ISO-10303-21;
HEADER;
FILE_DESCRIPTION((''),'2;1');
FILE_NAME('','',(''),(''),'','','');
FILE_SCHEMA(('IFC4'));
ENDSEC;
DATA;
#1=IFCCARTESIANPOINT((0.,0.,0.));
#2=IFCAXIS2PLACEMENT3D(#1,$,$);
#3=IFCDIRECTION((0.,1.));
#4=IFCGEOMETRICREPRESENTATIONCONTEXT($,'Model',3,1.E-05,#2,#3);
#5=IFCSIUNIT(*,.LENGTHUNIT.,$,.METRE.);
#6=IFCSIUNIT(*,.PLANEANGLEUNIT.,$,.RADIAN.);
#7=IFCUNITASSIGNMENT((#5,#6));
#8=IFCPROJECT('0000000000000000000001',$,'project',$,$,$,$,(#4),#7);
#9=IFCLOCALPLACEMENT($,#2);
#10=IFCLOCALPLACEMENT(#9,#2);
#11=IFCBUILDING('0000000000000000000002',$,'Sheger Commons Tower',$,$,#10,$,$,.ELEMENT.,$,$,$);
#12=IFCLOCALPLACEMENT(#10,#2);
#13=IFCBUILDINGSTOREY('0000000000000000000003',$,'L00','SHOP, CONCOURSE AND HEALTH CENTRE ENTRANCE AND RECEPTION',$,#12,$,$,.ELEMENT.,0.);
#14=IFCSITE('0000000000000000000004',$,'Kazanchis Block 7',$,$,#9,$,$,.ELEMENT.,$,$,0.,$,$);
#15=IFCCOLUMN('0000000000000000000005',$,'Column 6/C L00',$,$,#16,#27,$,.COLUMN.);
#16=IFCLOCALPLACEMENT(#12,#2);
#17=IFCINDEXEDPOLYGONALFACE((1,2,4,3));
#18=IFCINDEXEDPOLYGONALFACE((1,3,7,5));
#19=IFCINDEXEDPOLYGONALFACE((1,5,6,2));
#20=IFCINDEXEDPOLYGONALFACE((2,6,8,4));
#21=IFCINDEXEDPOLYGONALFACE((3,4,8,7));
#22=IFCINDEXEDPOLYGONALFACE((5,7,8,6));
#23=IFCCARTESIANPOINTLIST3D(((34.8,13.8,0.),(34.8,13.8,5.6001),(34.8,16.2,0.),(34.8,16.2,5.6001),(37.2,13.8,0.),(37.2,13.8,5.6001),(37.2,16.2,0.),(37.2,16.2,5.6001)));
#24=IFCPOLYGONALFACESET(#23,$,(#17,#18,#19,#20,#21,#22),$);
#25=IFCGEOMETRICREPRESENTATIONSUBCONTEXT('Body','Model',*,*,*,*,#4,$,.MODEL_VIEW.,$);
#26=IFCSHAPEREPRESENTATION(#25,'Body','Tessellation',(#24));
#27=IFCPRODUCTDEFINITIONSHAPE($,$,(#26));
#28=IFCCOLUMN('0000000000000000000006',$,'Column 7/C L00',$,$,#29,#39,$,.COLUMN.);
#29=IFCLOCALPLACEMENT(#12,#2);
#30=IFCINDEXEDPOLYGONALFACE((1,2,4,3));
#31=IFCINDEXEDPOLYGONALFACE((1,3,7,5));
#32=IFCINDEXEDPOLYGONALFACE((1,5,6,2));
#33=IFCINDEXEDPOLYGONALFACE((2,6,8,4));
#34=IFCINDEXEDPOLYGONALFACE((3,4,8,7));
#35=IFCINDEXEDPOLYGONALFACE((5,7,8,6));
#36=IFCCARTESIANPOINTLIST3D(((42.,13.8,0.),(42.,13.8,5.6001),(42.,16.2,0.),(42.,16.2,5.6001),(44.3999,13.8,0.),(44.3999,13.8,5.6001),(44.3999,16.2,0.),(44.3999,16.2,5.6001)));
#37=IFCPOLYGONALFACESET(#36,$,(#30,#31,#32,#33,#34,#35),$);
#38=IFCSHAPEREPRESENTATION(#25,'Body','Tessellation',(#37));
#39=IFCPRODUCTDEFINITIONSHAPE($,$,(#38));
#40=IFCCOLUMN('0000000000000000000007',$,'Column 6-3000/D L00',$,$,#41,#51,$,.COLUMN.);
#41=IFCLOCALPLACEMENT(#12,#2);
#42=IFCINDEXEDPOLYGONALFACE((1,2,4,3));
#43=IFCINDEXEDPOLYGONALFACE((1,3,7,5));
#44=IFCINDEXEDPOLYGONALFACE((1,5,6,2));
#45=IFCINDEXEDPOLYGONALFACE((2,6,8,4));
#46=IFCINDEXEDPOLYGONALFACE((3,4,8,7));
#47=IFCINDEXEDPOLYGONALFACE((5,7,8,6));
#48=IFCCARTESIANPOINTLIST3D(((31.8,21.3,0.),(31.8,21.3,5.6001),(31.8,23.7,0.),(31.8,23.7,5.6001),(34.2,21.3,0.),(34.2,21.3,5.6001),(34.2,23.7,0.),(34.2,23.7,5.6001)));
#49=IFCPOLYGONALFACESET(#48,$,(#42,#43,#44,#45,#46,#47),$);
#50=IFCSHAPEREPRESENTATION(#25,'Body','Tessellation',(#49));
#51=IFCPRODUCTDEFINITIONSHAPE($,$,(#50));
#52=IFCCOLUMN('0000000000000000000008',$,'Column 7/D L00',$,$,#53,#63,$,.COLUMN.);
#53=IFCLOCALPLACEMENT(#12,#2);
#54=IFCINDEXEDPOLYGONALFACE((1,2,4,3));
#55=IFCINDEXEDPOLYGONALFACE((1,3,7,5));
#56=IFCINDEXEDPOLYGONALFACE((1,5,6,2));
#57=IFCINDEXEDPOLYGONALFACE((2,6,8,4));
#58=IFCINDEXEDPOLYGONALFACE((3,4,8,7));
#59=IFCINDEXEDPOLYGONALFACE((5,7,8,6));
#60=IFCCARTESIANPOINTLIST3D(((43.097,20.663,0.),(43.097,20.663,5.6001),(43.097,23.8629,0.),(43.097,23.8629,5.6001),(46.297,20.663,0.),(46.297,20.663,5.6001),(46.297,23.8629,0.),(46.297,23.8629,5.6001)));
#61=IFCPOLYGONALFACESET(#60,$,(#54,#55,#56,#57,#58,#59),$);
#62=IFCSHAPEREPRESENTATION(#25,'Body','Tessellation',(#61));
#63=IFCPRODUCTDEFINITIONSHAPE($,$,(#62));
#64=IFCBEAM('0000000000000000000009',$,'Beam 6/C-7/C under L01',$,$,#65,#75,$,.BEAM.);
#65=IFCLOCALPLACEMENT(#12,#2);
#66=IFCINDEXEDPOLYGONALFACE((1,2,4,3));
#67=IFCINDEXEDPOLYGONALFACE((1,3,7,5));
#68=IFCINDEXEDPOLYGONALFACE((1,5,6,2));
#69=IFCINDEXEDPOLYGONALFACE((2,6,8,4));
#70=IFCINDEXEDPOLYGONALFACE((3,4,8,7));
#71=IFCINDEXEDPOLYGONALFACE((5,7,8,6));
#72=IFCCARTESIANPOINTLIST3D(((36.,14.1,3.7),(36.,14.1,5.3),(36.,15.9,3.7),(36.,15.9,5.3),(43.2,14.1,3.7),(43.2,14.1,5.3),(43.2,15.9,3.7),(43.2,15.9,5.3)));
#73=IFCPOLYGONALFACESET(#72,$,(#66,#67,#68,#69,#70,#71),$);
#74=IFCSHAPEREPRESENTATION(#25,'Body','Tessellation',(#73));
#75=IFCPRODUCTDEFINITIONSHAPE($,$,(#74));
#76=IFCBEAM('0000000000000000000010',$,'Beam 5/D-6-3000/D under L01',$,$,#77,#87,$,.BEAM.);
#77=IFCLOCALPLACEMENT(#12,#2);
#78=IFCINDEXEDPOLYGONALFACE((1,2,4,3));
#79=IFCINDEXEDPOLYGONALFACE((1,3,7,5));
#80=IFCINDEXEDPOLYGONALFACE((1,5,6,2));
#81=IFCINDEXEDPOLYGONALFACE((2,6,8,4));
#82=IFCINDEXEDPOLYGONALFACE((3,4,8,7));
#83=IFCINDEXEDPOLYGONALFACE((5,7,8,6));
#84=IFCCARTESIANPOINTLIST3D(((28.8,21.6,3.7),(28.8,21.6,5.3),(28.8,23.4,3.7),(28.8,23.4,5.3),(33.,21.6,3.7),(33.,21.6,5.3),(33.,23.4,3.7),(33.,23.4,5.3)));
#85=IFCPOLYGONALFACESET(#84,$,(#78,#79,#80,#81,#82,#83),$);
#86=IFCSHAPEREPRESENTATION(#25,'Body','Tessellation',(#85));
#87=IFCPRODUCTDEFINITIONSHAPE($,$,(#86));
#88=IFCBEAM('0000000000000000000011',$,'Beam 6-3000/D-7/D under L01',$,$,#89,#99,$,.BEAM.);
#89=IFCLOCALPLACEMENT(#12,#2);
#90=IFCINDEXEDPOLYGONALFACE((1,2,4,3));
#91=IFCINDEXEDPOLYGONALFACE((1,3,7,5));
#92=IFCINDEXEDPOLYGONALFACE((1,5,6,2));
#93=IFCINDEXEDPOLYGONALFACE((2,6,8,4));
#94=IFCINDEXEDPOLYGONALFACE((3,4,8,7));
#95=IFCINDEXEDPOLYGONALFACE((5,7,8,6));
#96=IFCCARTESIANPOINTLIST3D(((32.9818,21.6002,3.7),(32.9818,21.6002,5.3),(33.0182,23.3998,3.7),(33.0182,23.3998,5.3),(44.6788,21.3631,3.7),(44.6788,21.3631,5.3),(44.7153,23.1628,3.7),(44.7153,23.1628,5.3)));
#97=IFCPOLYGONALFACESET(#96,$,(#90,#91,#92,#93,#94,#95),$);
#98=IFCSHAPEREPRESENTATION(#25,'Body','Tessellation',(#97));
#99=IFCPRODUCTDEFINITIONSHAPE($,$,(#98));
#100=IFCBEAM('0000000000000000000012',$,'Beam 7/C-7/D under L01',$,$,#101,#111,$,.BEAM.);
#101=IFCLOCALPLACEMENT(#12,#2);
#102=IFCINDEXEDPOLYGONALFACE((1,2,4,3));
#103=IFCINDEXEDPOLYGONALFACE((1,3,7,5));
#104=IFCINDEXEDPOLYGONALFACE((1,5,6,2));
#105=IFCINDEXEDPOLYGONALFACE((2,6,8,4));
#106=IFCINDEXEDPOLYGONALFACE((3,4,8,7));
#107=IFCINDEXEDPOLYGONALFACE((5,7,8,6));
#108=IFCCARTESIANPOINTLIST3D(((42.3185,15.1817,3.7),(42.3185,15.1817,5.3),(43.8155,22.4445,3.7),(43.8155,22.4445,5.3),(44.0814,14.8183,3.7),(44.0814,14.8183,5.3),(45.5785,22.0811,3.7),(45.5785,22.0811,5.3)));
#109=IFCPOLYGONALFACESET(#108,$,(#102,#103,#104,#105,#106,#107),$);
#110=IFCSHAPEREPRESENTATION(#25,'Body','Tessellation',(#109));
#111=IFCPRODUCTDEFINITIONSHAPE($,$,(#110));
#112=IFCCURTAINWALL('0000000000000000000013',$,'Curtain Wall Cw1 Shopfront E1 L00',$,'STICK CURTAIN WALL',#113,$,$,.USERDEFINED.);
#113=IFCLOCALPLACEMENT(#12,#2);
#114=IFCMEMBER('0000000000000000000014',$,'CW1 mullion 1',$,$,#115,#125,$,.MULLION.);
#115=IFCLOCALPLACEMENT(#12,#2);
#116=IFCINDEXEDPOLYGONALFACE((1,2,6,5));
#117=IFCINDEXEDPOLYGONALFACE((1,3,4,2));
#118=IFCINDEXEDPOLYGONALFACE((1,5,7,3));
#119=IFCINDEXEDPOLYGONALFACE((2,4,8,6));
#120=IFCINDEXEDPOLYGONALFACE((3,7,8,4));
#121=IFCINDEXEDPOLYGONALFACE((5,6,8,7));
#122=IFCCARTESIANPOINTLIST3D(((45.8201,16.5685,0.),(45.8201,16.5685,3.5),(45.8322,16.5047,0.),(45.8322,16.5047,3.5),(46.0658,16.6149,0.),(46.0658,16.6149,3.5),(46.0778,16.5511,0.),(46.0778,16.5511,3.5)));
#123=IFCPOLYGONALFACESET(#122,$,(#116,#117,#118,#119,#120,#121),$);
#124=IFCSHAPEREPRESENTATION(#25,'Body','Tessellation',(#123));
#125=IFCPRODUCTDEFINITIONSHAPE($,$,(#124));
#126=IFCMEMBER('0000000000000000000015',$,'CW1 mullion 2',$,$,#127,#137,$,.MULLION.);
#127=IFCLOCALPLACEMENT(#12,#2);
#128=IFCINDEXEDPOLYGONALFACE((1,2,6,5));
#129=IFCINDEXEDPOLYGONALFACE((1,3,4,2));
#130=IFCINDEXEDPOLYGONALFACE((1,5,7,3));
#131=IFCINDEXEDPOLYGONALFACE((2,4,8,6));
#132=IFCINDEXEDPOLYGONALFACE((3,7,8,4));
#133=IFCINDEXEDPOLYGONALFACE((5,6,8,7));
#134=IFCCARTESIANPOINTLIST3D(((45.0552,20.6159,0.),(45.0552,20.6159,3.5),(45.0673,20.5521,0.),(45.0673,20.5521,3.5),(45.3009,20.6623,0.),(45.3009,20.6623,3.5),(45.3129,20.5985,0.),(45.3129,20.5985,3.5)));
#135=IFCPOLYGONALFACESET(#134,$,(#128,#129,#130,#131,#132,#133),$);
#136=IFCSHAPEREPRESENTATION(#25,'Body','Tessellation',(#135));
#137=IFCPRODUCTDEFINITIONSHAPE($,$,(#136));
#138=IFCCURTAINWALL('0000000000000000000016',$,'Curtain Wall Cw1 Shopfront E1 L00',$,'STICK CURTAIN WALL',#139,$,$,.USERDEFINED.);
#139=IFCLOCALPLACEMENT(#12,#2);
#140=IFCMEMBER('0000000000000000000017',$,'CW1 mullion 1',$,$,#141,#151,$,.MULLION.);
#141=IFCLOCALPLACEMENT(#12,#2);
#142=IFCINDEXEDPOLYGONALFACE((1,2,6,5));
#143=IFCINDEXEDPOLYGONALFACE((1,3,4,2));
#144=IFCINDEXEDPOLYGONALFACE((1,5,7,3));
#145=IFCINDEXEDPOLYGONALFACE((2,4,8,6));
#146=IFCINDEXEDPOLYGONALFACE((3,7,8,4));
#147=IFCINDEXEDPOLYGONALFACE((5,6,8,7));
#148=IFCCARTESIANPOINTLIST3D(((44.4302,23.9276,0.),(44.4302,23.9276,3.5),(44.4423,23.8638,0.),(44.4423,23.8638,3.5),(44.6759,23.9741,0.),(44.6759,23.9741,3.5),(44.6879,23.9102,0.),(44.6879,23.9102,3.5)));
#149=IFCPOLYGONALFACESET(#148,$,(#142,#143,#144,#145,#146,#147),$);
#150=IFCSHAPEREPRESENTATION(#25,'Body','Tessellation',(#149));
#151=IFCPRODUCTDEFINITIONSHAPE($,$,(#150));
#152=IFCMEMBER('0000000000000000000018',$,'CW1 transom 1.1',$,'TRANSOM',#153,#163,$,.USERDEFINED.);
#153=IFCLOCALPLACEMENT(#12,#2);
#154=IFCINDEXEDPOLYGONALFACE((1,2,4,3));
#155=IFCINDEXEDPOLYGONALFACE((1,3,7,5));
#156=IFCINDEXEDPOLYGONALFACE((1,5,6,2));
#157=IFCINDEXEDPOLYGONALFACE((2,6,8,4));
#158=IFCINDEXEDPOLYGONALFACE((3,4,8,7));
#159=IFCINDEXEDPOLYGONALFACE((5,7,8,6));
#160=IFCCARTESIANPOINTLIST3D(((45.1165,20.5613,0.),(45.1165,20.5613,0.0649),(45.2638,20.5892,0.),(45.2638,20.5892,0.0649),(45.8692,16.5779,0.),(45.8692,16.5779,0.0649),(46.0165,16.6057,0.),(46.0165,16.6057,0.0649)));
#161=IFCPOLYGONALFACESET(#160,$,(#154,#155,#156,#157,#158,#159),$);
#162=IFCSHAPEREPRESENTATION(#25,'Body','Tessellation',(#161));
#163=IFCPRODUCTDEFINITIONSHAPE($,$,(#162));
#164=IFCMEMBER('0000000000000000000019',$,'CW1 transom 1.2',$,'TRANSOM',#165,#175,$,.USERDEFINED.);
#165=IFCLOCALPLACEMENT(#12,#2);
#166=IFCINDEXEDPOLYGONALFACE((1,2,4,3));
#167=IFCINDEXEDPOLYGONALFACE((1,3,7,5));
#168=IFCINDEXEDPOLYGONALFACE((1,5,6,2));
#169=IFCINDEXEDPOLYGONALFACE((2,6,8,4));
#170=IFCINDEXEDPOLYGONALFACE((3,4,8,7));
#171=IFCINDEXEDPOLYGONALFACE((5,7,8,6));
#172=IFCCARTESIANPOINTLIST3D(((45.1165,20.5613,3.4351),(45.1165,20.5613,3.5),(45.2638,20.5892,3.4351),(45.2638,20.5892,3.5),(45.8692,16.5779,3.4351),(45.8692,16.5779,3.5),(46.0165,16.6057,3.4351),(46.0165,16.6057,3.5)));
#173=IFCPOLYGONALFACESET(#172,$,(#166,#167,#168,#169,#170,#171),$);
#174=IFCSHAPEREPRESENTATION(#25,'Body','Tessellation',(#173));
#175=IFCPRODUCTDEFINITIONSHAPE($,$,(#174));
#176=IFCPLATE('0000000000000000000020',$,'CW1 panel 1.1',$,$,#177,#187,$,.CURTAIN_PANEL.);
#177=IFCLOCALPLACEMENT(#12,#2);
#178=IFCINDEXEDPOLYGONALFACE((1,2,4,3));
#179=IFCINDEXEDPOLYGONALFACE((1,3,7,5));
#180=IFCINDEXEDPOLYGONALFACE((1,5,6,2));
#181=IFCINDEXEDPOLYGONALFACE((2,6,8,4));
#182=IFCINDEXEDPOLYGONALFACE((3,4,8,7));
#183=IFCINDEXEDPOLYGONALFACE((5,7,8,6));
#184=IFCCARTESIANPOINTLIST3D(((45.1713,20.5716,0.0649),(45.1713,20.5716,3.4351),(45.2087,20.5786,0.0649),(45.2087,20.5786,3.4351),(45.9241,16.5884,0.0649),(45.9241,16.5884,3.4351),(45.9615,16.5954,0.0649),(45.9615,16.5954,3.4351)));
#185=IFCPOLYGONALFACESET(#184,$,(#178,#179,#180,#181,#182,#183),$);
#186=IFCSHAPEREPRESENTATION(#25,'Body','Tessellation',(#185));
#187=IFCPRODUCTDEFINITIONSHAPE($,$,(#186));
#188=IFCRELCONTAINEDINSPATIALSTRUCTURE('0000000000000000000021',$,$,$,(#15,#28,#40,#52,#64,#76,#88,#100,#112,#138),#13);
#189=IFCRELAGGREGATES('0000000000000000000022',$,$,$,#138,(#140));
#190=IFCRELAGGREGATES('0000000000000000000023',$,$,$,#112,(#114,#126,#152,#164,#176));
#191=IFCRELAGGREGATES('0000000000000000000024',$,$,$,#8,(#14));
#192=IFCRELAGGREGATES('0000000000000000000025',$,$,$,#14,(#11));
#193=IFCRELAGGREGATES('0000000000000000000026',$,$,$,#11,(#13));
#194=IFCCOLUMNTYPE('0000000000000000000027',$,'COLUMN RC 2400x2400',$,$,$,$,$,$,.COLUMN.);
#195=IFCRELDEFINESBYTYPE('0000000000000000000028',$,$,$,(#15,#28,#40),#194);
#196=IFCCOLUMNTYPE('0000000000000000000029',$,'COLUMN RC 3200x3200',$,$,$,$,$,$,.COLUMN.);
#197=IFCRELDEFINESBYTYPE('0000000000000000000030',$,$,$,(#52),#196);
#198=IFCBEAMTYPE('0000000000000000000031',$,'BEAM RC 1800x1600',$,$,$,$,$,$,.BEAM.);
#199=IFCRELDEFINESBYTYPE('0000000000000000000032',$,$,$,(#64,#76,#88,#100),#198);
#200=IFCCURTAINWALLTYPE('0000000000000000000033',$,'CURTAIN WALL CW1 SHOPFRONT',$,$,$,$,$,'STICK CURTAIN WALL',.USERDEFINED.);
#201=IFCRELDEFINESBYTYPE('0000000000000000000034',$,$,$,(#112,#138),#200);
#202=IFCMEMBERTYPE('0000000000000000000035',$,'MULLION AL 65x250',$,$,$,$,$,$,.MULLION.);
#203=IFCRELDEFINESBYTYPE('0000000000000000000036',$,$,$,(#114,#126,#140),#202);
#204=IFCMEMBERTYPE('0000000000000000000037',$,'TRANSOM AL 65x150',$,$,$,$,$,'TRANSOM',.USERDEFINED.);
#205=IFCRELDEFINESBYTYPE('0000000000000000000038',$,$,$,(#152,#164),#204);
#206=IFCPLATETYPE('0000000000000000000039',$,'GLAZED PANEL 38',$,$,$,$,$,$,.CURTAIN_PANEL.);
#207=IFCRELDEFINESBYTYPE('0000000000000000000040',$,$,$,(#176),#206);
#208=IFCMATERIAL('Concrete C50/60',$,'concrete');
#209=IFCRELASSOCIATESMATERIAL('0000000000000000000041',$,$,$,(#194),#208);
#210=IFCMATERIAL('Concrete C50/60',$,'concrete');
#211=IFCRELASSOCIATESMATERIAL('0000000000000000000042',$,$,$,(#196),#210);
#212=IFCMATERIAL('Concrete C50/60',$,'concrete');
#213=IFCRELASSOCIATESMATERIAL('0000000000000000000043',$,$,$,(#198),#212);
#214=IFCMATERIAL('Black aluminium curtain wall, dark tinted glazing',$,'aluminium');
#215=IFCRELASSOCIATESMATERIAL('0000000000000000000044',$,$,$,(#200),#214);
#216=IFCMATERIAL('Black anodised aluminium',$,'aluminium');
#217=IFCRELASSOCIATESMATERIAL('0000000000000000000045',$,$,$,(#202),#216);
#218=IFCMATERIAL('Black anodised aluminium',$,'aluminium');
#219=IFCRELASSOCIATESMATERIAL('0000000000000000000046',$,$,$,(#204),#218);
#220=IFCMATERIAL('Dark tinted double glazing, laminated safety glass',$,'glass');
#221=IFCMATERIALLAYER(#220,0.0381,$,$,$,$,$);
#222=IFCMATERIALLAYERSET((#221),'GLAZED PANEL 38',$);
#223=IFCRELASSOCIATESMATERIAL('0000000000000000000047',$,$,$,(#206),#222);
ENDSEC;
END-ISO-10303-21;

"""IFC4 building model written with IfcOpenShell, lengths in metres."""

from ifc_helpers import new_model, si_unit, direction, frame, origin, origin_2d, place, context, subcontext, project, spatial, rectangle, extrude, material, layer, layer_set, material_profile, profile_set, type_object, element, aggregate, save


model = new_model("IFC4")

# Units and contexts
model_context = context("Model", 3, precision=1e-05, world=origin(), true_north=direction((0.0, 1.0)))
body_context = subcontext(model_context, "Body", "Model", "MODEL_VIEW")
ifc_project = project(units=[si_unit("LENGTHUNIT", "METRE"), si_unit("PLANEANGLEUNIT", "RADIAN")], contexts=[model_context])

# Site, building, storey
site_placement = place(None, origin())
site = spatial("IfcSite", under=ifc_project, at=site_placement, Name="Kazanchis Block 7", CompositionType="ELEMENT", RefElevation=0.0)
building_placement = place(site_placement, origin())
building = spatial("IfcBuilding", under=site, at=building_placement, Name="Sheger Commons Tower", CompositionType="ELEMENT")
storey_placement = place(building_placement, origin())
storey = spatial("IfcBuildingStorey", under=building, at=storey_placement, Name="L00", Description="SHOP, CONCOURSE AND HEALTH CENTRE ENTRANCE AND RECEPTION", CompositionType="ELEMENT", Elevation=0.0)

# Columns
ifc_material_1 = material(Name="Concrete C50/60", Category="concrete")
ifc_material_profile_1 = material_profile(ifc_material_1, rectangle(XDim=2.3999, YDim=2.3999, at=origin_2d()), Name="RC 2400x2400")
ifc_profile_set_1 = profile_set([ifc_material_profile_1], Name="Concrete C50/60")
column_type_1 = type_object("IfcColumnType", Name="COLUMN RC 2400x2400", PredefinedType="COLUMN", material=ifc_profile_set_1)
for number, where, z_axis, x_axis, name in (
    (1, (36.0, 15.0, 0.0), (0.0, 0.0, 1.0), (1.0, 0.0, 0.0), "Column 6/C L00"),
    (2, (43.2, 15.0, 0.0), (0.0, 0.0, 1.0), (1.0, 0.0, 0.0), "Column 7/C L00"),
    (3, (33.0, 22.5, 0.0), (0.0, 0.0, 1.0), (1.0, 0.0, 0.0), "Column 6-3000/D L00"),
):
    element("IfcColumn", number, at=place(storey_placement, frame(where, z_axis=z_axis, x_axis=x_axis)), inside=storey, type_object=column_type_1, Name=name, PredefinedType="COLUMN", context=body_context, shape_type="SweptSolid", body=[
        extrude(rectangle(XDim=2.3999, YDim=2.3999, at=origin_2d()), origin(), (0.0, 0.0, 1.0), 5.6001),
    ])
ifc_material_2 = material(Name="Concrete C50/60", Category="concrete")
ifc_material_profile_2 = material_profile(ifc_material_2, rectangle(XDim=3.2, YDim=3.2, at=origin_2d()), Name="RC 3200x3200")
ifc_profile_set_2 = profile_set([ifc_material_profile_2], Name="Concrete C50/60")
column_type_2 = type_object("IfcColumnType", Name="COLUMN RC 3200x3200", PredefinedType="COLUMN", material=ifc_profile_set_2)
column_placement = place(storey_placement, frame((44.697, 22.2629, 0.0), z_axis=(0.0, 0.0, 1.0), x_axis=(1.0, 0.0, 0.0)))
element("IfcColumn", 4, at=column_placement, inside=storey, type_object=column_type_2, Name="Column 7/D L00", PredefinedType="COLUMN", context=body_context, shape_type="SweptSolid", body=[
    extrude(rectangle(XDim=3.2, YDim=3.2, at=origin_2d()), origin(), (0.0, 0.0, 1.0), 5.6001),
])

# Beams
ifc_material_3 = material(Name="Concrete C50/60", Category="concrete")
ifc_material_profile_3 = material_profile(ifc_material_3, rectangle(XDim=1.8, YDim=1.6001, at=origin_2d()), Name="RC 1800x1600")
ifc_profile_set_3 = profile_set([ifc_material_profile_3], Name="Concrete C50/60")
beam_type = type_object("IfcBeamType", Name="BEAM RC 1800x1600", PredefinedType="BEAM", material=ifc_profile_set_3)
beam_1_placement = place(storey_placement, frame((36.0, 15.0, 4.5), z_axis=(1.0, 0.0, 0.0), x_axis=(0.0, 1.0, 0.0)))
element("IfcBeam", 5, at=beam_1_placement, inside=storey, type_object=beam_type, Name="Beam 6/C-7/C under L01", PredefinedType="BEAM", context=body_context, shape_type="SweptSolid", body=[
    extrude(rectangle(XDim=1.8, YDim=1.6001, at=origin_2d()), origin(), (0.0, 0.0, 1.0), 7.2),
])
beam_2_placement = place(storey_placement, frame((28.8, 22.5, 4.5), z_axis=(1.0, 0.0, 0.0), x_axis=(0.0, 1.0, 0.0)))
element("IfcBeam", 6, at=beam_2_placement, inside=storey, type_object=beam_type, Name="Beam 5/D-6-3000/D under L01", PredefinedType="BEAM", context=body_context, shape_type="SweptSolid", body=[
    extrude(rectangle(XDim=1.8, YDim=1.6001, at=origin_2d()), origin(), (0.0, 0.0, 1.0), 4.2),
])
beam_3_placement = place(storey_placement, frame((33.0, 22.5, 4.5), z_axis=(0.999795, -0.020263, 0.0), x_axis=(0.020263, 0.999795, 0.0)))
element("IfcBeam", 7, at=beam_3_placement, inside=storey, type_object=beam_type, Name="Beam 6-3000/D-7/D under L01", PredefinedType="BEAM", context=body_context, shape_type="SweptSolid", body=[
    extrude(rectangle(XDim=1.8, YDim=1.6001, at=origin_2d()), origin(), (0.0, 0.0, 1.0), 11.6995),
])
beam_4_placement = place(storey_placement, frame((43.2, 15.0, 4.5), z_axis=(0.201881, 0.97941, 0.0), x_axis=(-0.97941, 0.201881, 0.0)))
element("IfcBeam", 8, at=beam_4_placement, inside=storey, type_object=beam_type, Name="Beam 7/C-7/D under L01", PredefinedType="BEAM", context=body_context, shape_type="SweptSolid", body=[
    extrude(rectangle(XDim=1.8, YDim=1.6001, at=origin_2d()), origin(), (0.0, 0.0, 1.0), 7.4155),
])

# Curtain wall, members
ifc_material_4 = material(Name="Black aluminium curtain wall, dark tinted glazing", Category="aluminium")
curtain_wall_type = type_object("IfcCurtainWallType", Name="CURTAIN WALL CW1 SHOPFRONT", ElementType="STICK CURTAIN WALL", PredefinedType="USERDEFINED", material=ifc_material_4)
curtain_wall_1_placement = place(storey_placement, origin())
curtain_wall_1 = element("IfcCurtainWall", 9, at=curtain_wall_1_placement, inside=storey, type_object=curtain_wall_type, Name="Curtain Wall Cw1 Shopfront E1 L00", ObjectType="STICK CURTAIN WALL", PredefinedType="USERDEFINED")
ifc_material_5 = material(Name="Black anodised aluminium", Category="aluminium")
ifc_material_profile_4 = material_profile(ifc_material_5, rectangle(XDim=0.25, YDim=0.0649, at=origin_2d()), Name="AL 65x250")
ifc_profile_set_4 = profile_set([ifc_material_profile_4], Name="Black anodised aluminium")
member_type_1 = type_object("IfcMemberType", Name="MULLION AL 65x250", PredefinedType="MULLION", material=ifc_profile_set_4)
member_1_placement = place(storey_placement, frame((45.949, 16.5598, 0.0), z_axis=(0.0, 0.0, 1.0), x_axis=(-0.982603, -0.185717, 0.0)))
member_1 = element("IfcMember", 10, at=member_1_placement, type_object=member_type_1, Name="CW1 mullion 1", PredefinedType="MULLION", context=body_context, shape_type="SweptSolid", body=[
    extrude(rectangle(XDim=0.25, YDim=0.0649, at=origin_2d()), origin(), (0.0, 0.0, 1.0), 3.5),
])
member_2_placement = place(storey_placement, frame((45.1841, 20.6072, 0.0), z_axis=(0.0, 0.0, 1.0), x_axis=(-0.982603, -0.185717, 0.0)))
member_2 = element("IfcMember", 11, at=member_2_placement, type_object=member_type_1, Name="CW1 mullion 2", PredefinedType="MULLION", context=body_context, shape_type="SweptSolid", body=[
    extrude(rectangle(XDim=0.25, YDim=0.0649, at=origin_2d()), origin(), (0.0, 0.0, 1.0), 3.5),
])

# Curtain wall, member
curtain_wall_2_placement = place(storey_placement, origin())
curtain_wall_2 = element("IfcCurtainWall", 12, at=curtain_wall_2_placement, inside=storey, type_object=curtain_wall_type, Name="Curtain Wall Cw1 Shopfront E1 L00", ObjectType="STICK CURTAIN WALL", PredefinedType="USERDEFINED")
member_3_placement = place(storey_placement, frame((44.5591, 23.9189, 0.0), z_axis=(0.0, 0.0, 1.0), x_axis=(-0.982616, -0.185648, 0.0)))
member_3 = element("IfcMember", 13, at=member_3_placement, type_object=member_type_1, Name="CW1 mullion 1", PredefinedType="MULLION", context=body_context, shape_type="SweptSolid", body=[
    extrude(rectangle(XDim=0.25, YDim=0.0649, at=origin_2d()), origin(), (0.0, 0.0, 1.0), 3.5),
])
aggregate(curtain_wall_2, [member_3])

# Members
ifc_material_6 = material(Name="Black anodised aluminium", Category="aluminium")
ifc_material_profile_5 = material_profile(ifc_material_6, rectangle(XDim=0.1499, YDim=0.0649, at=origin_2d()), Name="AL 65x150")
ifc_profile_set_5 = profile_set([ifc_material_profile_5], Name="Black anodised aluminium")
member_type_2 = type_object("IfcMemberType", Name="TRANSOM AL 65x150", ElementType="TRANSOM", PredefinedType="USERDEFINED", material=ifc_profile_set_5)
member_4_placement = place(storey_placement, frame((45.9429, 16.5918, 0.0325), z_axis=(-0.18567, 0.982612, 0.0), x_axis=(-0.982612, -0.18567, 0.0)))
member_4 = element("IfcMember", 14, at=member_4_placement, type_object=member_type_2, Name="CW1 transom 1.1", ObjectType="TRANSOM", PredefinedType="USERDEFINED", context=body_context, shape_type="SweptSolid", body=[
    extrude(rectangle(XDim=0.1499, YDim=0.0649, at=origin_2d()), origin(), (0.0, 0.0, 1.0), 4.054),
])
member_5_placement = place(storey_placement, frame((45.9429, 16.5918, 3.4675), z_axis=(-0.18567, 0.982612, 0.0), x_axis=(-0.982612, -0.18567, 0.0)))
member_5 = element("IfcMember", 15, at=member_5_placement, type_object=member_type_2, Name="CW1 transom 1.2", ObjectType="TRANSOM", PredefinedType="USERDEFINED", context=body_context, shape_type="SweptSolid", body=[
    extrude(rectangle(XDim=0.1499, YDim=0.0649, at=origin_2d()), origin(), (0.0, 0.0, 1.0), 4.054),
])

# Plate
ifc_material_7 = material(Name="Dark tinted double glazing, laminated safety glass", Category="glass")
ifc_layer_1 = layer(ifc_material_7, 0.0381)
ifc_layer_set_1 = layer_set([ifc_layer_1], Name="GLAZED PANEL 38")
plate_type = type_object("IfcPlateType", Name="GLAZED PANEL 38", PredefinedType="CURTAIN_PANEL", material=ifc_layer_set_1)
plate_placement = place(storey_placement, frame((45.5664, 18.5835, 0.0649), z_axis=(0.0, 0.0, 1.0), x_axis=(-0.185717, 0.982603, 0.0)))
plate = element("IfcPlate", 16, at=plate_placement, type_object=plate_type, Name="CW1 panel 1.1", PredefinedType="CURTAIN_PANEL", context=body_context, shape_type="SweptSolid", body=[
    extrude(rectangle(XDim=4.0537, YDim=0.0381, at=origin_2d()), origin(), (0.0, 0.0, 1.0), 3.3701),
])
aggregate(curtain_wall_1, [member_1, member_2, member_4, member_5, plate])

save(model, "model.ifc")
